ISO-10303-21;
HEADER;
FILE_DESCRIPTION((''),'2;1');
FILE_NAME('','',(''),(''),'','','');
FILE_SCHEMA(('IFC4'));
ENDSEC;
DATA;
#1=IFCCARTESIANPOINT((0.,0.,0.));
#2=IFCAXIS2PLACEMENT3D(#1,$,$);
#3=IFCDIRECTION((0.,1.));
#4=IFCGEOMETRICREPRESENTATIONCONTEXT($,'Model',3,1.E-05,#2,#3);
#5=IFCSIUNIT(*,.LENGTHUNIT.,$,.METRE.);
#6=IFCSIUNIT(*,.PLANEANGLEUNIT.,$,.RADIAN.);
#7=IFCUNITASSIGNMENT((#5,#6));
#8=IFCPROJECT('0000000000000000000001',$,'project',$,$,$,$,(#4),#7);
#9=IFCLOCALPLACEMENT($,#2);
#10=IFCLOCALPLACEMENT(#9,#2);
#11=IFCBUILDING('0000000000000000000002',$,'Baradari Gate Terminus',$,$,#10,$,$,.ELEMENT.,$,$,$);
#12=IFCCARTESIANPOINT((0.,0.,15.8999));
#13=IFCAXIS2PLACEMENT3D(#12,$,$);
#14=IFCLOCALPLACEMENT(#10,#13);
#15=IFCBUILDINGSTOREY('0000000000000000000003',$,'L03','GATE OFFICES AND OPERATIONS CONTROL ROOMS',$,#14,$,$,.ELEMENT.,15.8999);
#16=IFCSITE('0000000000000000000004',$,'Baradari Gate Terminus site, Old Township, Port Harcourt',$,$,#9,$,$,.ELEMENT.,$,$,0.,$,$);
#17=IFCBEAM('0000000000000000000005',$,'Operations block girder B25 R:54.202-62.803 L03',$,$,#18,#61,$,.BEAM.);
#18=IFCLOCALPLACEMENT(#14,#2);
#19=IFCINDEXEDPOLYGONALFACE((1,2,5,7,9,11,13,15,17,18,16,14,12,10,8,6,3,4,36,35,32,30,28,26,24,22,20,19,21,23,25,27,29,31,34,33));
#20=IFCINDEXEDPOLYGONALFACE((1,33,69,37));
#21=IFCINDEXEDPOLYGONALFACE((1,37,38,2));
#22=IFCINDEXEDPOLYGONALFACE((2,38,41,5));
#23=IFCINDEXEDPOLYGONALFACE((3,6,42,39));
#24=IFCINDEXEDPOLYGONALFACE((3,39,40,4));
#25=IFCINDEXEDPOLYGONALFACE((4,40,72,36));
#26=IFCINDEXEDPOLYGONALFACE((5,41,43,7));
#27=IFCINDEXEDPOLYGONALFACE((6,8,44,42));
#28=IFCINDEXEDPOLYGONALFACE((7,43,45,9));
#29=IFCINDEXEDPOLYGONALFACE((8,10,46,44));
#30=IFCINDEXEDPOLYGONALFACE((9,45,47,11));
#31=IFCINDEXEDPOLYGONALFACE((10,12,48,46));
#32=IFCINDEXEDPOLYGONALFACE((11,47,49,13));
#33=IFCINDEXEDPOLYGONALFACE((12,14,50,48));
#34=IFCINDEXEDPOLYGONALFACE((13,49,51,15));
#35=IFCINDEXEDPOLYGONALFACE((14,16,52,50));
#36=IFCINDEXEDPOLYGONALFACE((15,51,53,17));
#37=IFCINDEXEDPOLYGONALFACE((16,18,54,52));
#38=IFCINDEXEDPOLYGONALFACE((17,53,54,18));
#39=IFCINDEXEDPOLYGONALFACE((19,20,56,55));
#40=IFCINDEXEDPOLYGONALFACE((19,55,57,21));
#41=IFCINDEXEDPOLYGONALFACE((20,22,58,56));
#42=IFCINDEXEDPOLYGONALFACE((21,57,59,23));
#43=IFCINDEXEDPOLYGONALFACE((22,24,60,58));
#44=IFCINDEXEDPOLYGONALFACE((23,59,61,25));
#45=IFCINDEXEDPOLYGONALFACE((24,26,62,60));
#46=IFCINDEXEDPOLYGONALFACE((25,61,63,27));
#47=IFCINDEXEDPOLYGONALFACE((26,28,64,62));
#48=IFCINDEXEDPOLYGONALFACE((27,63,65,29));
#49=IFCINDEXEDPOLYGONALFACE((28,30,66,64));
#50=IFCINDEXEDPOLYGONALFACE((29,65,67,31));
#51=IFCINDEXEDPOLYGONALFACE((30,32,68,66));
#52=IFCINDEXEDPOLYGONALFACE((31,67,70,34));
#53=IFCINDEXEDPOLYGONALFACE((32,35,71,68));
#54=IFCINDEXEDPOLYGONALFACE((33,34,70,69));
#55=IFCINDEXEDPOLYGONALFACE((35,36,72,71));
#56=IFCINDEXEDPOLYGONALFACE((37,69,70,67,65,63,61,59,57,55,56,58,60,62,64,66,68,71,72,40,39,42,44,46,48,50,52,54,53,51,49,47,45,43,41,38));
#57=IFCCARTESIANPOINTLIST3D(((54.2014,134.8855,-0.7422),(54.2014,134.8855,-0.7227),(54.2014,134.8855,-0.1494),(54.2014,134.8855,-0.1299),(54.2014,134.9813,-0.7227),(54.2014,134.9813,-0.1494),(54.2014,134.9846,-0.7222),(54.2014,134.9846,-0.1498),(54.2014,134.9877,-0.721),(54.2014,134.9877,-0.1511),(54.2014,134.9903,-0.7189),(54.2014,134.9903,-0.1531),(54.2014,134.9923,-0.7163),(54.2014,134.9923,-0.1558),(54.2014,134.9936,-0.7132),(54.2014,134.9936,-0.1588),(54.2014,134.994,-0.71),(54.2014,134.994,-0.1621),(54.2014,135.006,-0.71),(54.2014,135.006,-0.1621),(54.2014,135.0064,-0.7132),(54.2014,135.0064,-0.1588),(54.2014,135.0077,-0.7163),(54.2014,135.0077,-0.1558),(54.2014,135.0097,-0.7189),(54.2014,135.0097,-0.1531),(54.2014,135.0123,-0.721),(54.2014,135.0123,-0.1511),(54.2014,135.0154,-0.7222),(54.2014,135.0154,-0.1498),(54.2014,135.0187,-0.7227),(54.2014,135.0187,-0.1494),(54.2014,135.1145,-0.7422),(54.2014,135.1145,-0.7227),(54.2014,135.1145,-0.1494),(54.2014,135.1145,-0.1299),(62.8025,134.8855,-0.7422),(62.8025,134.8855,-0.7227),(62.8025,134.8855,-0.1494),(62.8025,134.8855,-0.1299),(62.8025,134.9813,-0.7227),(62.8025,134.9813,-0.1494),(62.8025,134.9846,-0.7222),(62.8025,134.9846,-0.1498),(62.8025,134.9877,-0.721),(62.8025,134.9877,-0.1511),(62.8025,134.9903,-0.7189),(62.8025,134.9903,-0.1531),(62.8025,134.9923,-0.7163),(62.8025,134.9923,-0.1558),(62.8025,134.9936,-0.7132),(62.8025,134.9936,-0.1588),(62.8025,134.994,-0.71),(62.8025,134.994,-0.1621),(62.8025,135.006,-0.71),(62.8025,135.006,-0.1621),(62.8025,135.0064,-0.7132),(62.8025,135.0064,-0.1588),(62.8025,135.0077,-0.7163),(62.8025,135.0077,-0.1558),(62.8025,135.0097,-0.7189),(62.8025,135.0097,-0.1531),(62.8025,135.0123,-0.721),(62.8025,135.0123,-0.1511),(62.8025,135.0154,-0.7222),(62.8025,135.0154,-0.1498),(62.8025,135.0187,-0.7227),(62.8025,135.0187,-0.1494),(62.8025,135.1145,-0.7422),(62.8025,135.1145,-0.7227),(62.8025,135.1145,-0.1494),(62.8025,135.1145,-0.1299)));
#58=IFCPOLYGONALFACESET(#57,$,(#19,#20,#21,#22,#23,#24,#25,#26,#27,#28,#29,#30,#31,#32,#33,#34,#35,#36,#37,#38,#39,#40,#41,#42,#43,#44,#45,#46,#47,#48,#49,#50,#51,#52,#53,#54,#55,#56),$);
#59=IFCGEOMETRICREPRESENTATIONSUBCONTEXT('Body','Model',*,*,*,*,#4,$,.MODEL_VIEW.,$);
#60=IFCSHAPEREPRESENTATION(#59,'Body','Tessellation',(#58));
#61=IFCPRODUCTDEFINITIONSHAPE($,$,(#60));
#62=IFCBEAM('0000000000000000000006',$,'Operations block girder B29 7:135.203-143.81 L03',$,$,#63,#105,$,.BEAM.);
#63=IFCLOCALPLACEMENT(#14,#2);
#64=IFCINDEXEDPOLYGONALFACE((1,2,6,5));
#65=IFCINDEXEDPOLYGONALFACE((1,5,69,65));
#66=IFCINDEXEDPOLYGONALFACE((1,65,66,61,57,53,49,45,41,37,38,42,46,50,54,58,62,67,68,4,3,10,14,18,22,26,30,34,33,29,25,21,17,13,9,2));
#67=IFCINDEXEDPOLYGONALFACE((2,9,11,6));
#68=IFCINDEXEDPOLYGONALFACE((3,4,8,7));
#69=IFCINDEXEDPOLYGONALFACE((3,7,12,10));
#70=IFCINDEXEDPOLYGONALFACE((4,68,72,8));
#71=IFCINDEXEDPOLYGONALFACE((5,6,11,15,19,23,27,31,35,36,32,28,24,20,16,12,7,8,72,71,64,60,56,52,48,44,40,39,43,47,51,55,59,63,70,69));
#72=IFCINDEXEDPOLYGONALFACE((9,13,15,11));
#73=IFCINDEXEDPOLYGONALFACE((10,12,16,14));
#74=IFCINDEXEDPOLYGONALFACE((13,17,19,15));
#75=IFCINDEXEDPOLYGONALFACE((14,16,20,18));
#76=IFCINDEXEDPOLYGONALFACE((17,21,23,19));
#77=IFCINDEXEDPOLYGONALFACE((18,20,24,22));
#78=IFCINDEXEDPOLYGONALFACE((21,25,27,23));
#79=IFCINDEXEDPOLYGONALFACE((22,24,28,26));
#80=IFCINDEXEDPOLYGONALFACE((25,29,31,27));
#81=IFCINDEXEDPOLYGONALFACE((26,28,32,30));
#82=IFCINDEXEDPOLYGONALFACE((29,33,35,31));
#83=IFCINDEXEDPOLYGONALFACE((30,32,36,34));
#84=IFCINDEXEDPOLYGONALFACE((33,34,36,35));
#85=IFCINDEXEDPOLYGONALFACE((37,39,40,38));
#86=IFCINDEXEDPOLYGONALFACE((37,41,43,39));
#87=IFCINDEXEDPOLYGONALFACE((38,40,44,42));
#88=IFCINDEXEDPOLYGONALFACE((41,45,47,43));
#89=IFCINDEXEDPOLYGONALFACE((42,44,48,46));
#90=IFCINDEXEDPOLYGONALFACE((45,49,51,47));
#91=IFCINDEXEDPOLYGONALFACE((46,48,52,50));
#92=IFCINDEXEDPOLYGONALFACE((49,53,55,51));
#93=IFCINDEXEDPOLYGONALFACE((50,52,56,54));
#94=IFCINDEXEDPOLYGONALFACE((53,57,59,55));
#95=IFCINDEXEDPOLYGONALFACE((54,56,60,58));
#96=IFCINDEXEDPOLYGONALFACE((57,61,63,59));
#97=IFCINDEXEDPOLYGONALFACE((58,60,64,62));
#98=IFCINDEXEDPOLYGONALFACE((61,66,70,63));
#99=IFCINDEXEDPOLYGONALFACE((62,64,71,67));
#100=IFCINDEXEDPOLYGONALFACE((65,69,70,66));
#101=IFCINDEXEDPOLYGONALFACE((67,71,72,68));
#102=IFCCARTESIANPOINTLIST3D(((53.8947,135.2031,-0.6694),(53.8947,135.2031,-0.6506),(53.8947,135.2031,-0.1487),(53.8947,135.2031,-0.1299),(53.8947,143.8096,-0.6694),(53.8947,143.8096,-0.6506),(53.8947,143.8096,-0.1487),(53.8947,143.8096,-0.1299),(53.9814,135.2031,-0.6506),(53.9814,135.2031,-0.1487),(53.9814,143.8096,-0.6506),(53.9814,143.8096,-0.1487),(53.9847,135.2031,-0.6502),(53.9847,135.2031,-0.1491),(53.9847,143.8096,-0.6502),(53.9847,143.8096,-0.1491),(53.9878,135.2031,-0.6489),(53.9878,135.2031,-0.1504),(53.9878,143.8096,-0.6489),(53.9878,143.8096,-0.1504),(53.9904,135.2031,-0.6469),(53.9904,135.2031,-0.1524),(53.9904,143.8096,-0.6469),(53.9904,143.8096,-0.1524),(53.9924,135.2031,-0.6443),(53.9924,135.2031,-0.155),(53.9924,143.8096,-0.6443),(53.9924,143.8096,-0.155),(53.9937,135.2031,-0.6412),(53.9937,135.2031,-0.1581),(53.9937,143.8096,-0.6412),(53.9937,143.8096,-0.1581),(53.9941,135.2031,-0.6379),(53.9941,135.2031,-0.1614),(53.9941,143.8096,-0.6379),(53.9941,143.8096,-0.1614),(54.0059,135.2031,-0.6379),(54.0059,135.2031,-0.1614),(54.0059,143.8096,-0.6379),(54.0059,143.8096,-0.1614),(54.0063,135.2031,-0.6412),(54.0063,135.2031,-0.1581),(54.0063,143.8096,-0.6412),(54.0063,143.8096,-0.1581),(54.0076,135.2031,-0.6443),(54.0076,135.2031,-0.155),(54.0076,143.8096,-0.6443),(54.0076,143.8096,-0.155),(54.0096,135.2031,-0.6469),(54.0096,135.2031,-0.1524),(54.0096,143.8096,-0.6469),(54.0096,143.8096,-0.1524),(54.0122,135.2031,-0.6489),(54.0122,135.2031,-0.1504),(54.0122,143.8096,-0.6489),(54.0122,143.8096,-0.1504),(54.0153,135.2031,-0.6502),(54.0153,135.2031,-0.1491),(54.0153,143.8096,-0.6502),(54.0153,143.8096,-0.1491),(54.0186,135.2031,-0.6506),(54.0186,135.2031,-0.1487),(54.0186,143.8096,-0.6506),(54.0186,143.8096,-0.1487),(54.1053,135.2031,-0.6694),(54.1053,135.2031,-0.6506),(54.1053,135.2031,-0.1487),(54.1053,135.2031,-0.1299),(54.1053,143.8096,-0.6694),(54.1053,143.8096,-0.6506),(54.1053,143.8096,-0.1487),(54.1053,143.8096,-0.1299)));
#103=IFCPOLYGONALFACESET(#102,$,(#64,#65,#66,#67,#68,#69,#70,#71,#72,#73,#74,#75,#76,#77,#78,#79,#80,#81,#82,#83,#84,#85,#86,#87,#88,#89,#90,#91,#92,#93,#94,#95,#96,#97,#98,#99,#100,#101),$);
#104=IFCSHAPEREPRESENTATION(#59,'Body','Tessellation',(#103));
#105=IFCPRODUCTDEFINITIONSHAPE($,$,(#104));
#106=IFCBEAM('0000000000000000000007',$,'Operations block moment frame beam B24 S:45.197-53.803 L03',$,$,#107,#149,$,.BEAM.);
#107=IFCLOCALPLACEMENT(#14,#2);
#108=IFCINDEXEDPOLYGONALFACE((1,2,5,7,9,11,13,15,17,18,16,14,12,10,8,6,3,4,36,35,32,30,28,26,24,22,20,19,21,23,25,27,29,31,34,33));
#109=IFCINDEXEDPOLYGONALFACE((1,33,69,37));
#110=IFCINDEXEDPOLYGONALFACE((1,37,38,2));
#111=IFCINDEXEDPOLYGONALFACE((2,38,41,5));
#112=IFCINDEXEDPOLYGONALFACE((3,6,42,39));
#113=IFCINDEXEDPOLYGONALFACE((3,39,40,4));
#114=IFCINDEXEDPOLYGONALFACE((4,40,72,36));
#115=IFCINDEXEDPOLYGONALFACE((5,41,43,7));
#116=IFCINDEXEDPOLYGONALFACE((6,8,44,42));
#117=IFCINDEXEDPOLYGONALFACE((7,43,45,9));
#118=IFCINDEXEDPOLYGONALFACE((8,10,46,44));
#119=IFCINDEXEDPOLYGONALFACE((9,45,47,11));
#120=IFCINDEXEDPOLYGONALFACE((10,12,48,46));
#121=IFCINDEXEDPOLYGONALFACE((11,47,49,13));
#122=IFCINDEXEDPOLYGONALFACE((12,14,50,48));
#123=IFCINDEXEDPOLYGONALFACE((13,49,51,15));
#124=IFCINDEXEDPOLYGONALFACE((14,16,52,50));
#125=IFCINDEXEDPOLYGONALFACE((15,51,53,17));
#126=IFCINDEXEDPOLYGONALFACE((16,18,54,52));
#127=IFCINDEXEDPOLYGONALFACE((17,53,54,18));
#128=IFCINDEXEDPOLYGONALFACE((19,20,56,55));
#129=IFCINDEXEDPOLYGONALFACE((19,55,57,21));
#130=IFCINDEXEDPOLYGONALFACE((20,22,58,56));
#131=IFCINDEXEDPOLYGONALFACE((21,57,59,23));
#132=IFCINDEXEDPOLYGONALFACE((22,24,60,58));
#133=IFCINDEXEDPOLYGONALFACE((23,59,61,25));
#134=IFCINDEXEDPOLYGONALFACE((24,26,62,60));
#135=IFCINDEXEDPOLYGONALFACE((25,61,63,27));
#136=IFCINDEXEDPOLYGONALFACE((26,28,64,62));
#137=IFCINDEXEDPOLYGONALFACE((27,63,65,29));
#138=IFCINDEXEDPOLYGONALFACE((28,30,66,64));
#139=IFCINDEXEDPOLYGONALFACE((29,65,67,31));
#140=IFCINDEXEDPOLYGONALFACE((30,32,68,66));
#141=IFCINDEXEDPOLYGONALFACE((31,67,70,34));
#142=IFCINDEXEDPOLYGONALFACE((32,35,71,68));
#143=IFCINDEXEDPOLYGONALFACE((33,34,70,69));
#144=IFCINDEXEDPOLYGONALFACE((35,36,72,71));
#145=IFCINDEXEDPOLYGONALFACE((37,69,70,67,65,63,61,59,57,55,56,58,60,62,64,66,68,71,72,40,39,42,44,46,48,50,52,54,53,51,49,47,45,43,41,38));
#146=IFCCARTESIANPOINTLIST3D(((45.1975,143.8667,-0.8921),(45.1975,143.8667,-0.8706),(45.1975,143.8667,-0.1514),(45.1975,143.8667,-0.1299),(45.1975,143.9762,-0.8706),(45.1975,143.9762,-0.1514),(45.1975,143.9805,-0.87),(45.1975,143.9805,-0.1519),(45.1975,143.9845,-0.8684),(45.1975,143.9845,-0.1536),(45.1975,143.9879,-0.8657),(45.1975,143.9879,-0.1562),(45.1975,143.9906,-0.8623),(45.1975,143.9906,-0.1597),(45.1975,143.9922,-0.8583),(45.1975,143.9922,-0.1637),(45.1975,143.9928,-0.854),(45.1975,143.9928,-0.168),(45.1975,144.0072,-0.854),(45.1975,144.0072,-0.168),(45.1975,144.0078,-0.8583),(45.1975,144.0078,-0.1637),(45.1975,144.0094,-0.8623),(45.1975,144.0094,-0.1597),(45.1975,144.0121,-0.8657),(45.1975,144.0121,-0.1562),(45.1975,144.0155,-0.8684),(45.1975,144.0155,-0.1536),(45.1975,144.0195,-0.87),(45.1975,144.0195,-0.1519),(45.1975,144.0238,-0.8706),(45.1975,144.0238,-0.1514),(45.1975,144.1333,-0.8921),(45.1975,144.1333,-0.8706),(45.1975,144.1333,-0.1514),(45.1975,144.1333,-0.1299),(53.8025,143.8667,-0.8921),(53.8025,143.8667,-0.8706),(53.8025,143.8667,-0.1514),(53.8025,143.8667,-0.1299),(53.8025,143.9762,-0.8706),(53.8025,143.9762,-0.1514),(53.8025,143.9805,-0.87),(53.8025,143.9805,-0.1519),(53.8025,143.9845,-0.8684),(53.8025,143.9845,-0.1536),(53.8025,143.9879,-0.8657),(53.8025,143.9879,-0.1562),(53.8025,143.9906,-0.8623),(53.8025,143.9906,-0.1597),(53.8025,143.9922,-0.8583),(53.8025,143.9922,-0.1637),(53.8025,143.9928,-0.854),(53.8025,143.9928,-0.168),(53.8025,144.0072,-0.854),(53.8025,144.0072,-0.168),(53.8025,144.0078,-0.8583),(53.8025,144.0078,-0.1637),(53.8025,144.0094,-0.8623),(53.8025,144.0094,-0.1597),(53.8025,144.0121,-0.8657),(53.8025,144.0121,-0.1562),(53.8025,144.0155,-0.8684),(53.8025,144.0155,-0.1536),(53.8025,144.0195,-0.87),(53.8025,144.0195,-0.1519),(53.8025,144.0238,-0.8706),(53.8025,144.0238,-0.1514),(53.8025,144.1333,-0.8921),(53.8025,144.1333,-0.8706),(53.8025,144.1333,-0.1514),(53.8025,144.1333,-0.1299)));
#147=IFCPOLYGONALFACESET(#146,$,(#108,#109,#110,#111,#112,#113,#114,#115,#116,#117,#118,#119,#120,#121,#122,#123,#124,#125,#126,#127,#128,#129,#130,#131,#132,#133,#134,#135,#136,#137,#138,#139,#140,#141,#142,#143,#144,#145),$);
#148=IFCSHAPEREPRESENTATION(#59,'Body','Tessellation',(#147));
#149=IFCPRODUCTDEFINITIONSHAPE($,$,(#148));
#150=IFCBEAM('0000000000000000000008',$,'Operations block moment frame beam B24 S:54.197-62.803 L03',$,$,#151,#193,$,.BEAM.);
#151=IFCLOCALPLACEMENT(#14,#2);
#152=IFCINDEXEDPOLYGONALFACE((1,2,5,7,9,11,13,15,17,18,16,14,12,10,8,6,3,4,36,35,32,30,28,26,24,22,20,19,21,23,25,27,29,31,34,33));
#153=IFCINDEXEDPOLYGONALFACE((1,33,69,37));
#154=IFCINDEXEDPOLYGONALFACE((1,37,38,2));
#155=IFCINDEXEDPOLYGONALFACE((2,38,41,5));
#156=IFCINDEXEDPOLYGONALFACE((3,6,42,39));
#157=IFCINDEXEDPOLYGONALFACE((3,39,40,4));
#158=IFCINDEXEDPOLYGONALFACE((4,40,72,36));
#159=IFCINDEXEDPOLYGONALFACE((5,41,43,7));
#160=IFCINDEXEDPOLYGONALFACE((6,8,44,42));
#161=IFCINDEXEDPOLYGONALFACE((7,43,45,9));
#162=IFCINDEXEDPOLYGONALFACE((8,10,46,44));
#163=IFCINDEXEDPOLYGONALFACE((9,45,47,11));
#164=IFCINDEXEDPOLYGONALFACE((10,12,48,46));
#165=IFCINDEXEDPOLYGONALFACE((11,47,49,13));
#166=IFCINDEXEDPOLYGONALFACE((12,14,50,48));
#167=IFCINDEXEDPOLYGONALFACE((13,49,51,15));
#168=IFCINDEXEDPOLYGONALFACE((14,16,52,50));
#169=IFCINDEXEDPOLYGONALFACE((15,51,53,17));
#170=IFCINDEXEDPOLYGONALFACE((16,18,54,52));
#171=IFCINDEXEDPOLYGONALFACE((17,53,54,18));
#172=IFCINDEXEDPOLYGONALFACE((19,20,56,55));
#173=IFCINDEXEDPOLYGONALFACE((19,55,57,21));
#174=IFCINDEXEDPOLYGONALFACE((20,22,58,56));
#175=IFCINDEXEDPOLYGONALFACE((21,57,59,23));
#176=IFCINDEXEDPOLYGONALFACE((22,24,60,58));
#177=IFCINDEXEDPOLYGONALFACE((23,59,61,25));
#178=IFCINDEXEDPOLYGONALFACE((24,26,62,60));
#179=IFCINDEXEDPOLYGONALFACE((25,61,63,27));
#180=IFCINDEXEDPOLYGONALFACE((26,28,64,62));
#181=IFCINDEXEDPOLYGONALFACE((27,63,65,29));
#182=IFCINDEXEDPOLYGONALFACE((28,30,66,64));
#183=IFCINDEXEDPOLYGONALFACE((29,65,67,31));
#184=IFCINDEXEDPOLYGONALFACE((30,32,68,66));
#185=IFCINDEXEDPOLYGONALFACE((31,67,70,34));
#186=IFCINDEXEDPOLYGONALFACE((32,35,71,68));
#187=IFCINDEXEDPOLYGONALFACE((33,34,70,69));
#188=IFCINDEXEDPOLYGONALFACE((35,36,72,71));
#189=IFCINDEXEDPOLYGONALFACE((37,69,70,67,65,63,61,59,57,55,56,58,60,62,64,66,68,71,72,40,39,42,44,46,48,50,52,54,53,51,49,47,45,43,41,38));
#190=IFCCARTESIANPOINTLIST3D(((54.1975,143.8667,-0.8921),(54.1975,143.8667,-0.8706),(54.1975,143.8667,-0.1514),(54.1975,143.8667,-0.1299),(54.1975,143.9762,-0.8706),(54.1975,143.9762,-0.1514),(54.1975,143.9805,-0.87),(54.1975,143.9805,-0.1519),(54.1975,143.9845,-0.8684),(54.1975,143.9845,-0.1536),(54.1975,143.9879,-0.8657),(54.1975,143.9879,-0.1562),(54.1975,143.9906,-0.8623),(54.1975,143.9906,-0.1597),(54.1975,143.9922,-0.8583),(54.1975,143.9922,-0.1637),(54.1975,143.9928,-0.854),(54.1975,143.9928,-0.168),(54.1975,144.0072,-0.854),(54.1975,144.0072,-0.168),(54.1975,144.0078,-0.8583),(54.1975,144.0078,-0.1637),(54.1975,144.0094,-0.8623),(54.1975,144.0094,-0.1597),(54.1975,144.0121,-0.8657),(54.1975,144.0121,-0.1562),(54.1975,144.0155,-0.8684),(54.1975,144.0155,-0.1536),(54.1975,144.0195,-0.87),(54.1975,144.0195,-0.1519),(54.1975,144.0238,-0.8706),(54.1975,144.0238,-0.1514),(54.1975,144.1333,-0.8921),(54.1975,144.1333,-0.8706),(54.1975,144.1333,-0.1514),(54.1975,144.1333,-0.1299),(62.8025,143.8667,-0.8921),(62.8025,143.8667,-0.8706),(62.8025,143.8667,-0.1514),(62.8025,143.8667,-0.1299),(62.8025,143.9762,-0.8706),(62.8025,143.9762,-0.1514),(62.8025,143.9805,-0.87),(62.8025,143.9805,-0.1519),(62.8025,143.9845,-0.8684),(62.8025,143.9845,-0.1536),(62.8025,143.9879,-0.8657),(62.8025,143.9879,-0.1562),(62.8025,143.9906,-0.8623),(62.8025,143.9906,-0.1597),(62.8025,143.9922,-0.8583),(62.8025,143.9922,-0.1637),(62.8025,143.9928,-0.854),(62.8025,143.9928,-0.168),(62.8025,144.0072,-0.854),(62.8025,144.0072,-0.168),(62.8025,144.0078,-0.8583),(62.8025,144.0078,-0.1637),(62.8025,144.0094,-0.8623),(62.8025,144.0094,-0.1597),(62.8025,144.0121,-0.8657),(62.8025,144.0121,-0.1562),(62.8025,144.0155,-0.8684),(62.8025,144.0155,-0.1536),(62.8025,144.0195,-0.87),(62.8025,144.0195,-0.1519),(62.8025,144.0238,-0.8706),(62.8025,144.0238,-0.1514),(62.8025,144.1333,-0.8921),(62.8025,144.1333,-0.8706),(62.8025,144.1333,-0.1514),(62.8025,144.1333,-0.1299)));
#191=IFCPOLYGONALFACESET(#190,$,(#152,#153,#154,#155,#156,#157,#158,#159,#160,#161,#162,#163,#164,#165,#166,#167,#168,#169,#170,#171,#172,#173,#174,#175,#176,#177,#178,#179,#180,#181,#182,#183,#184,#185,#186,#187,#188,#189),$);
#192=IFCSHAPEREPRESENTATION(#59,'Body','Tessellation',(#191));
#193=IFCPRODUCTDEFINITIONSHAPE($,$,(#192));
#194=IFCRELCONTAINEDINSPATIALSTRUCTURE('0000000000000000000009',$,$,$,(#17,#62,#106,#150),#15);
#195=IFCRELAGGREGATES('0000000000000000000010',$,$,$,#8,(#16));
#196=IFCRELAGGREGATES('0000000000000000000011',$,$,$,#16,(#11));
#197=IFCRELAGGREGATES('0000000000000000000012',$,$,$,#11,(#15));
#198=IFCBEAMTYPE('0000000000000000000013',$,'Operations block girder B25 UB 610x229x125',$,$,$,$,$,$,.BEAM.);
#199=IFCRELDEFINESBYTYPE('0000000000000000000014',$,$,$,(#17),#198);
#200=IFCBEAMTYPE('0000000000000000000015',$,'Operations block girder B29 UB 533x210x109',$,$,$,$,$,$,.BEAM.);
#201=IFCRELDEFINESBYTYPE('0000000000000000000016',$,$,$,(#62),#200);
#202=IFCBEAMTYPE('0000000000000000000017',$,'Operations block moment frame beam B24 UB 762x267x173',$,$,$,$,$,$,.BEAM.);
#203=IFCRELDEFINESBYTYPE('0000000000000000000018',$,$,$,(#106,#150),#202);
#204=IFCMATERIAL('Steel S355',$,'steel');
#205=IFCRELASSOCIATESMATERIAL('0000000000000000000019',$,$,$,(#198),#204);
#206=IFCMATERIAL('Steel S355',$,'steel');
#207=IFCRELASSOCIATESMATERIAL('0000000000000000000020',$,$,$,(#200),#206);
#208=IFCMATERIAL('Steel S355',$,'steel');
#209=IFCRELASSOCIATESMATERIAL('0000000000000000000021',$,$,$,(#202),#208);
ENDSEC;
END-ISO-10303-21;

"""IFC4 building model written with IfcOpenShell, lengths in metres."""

from ifc_helpers import new_model, si_unit, direction, frame, origin, origin_2d, place, context, subcontext, project, spatial, i_section, extrude, material, material_profile, profile_set, type_object, element, save


model = new_model("IFC4")

# Units and contexts
model_context = context("Model", 3, precision=1e-05, world=origin(), true_north=direction((0.0, 1.0)))
body_context = subcontext(model_context, "Body", "Model", "MODEL_VIEW")
ifc_project = project(units=[si_unit("LENGTHUNIT", "METRE"), si_unit("PLANEANGLEUNIT", "RADIAN")], contexts=[model_context])

# Site, building, storey
site_placement = place(None, origin())
site = spatial("IfcSite", under=ifc_project, at=site_placement, Name="Baradari Gate Terminus site, Old Township, Port Harcourt", CompositionType="ELEMENT", RefElevation=0.0)
building_placement = place(site_placement, origin())
building = spatial("IfcBuilding", under=site, at=building_placement, Name="Baradari Gate Terminus", CompositionType="ELEMENT")
storey_placement = place(building_placement, frame((0.0, 0.0, 15.8999)))
storey = spatial("IfcBuildingStorey", under=building, at=storey_placement, Name="L03", Description="GATE OFFICES AND OPERATIONS CONTROL ROOMS", CompositionType="ELEMENT", Elevation=15.8999)

# Beams
ifc_material_1 = material(Name="Steel S355", Category="steel")
ifc_material_profile_1 = material_profile(ifc_material_1, i_section(OverallWidth=0.229, OverallDepth=0.6123, WebThickness=0.012, FlangeThickness=0.0195, FilletRadius=0.0127, at=origin_2d()), Name="UB 610x229x125")
ifc_profile_set_1 = profile_set([ifc_material_profile_1], Name="Steel S355")
beam_type_1 = type_object("IfcBeamType", Name="Operations block girder B25 UB 610x229x125", PredefinedType="BEAM", material=ifc_profile_set_1)
beam_1_placement = place(storey_placement, frame((54.2014, 135.0, -0.436), z_axis=(1.0, 0.0, 0.0), x_axis=(0.0, 1.0, 0.0)))
element("IfcBeam", 1, at=beam_1_placement, inside=storey, type_object=beam_type_1, Name="Operations block girder B25 R:54.202-62.803 L03", PredefinedType="BEAM", context=body_context, shape_type="SweptSolid", body=[
    extrude(i_section(OverallWidth=0.229, OverallDepth=0.6123, WebThickness=0.012, FlangeThickness=0.0195, FilletRadius=0.0127, at=origin_2d()), origin(), (0.0, 0.0, 1.0), 8.6011),
])
ifc_material_2 = material(Name="Steel S355", Category="steel")
ifc_material_profile_2 = material_profile(ifc_material_2, i_section(OverallWidth=0.2107, OverallDepth=0.5396, WebThickness=0.0117, FlangeThickness=0.0188, FilletRadius=0.0127, at=origin_2d()), Name="UB 533x210x109")
ifc_profile_set_2 = profile_set([ifc_material_profile_2], Name="Steel S355")
beam_type_2 = type_object("IfcBeamType", Name="Operations block girder B29 UB 533x210x109", PredefinedType="BEAM", material=ifc_profile_set_2)
beam_2_placement = place(storey_placement, frame((54.0, 135.2031, -0.3997), z_axis=(0.0, 1.0, 0.0), x_axis=(-1.0, 0.0, 0.0)))
element("IfcBeam", 2, at=beam_2_placement, inside=storey, type_object=beam_type_2, Name="Operations block girder B29 7:135.203-143.81 L03", PredefinedType="BEAM", context=body_context, shape_type="SweptSolid", body=[
    extrude(i_section(OverallWidth=0.2107, OverallDepth=0.5396, WebThickness=0.0117, FlangeThickness=0.0188, FilletRadius=0.0127, at=origin_2d()), origin(), (0.0, 0.0, 1.0), 8.6064),
])
ifc_material_3 = material(Name="Steel S355", Category="steel")
ifc_material_profile_3 = material_profile(ifc_material_3, i_section(OverallWidth=0.2666, OverallDepth=0.7622, WebThickness=0.0144, FlangeThickness=0.0215, FilletRadius=0.0166, at=origin_2d()), Name="UB 762x267x173")
ifc_profile_set_3 = profile_set([ifc_material_profile_3], Name="Steel S355")
beam_type_3 = type_object("IfcBeamType", Name="Operations block moment frame beam B24 UB 762x267x173", PredefinedType="BEAM", material=ifc_profile_set_3)
for number, where, z_axis, x_axis, name in (
    (3, (45.1975, 144.0, -0.511), (1.0, 0.0, 0.0), (0.0, 1.0, 0.0), "Operations block moment frame beam B24 S:45.197-53.803 L03"),
    (4, (54.1975, 144.0, -0.511), (1.0, 0.0, 0.0), (0.0, 1.0, 0.0), "Operations block moment frame beam B24 S:54.197-62.803 L03"),
):
    element("IfcBeam", number, at=place(storey_placement, frame(where, z_axis=z_axis, x_axis=x_axis)), inside=storey, type_object=beam_type_3, Name=name, PredefinedType="BEAM", context=body_context, shape_type="SweptSolid", body=[
        extrude(i_section(OverallWidth=0.2666, OverallDepth=0.7622, WebThickness=0.0144, FlangeThickness=0.0215, FilletRadius=0.0166, at=origin_2d()), origin(), (0.0, 0.0, 1.0), 8.605),
    ])

save(model, "model.ifc")
